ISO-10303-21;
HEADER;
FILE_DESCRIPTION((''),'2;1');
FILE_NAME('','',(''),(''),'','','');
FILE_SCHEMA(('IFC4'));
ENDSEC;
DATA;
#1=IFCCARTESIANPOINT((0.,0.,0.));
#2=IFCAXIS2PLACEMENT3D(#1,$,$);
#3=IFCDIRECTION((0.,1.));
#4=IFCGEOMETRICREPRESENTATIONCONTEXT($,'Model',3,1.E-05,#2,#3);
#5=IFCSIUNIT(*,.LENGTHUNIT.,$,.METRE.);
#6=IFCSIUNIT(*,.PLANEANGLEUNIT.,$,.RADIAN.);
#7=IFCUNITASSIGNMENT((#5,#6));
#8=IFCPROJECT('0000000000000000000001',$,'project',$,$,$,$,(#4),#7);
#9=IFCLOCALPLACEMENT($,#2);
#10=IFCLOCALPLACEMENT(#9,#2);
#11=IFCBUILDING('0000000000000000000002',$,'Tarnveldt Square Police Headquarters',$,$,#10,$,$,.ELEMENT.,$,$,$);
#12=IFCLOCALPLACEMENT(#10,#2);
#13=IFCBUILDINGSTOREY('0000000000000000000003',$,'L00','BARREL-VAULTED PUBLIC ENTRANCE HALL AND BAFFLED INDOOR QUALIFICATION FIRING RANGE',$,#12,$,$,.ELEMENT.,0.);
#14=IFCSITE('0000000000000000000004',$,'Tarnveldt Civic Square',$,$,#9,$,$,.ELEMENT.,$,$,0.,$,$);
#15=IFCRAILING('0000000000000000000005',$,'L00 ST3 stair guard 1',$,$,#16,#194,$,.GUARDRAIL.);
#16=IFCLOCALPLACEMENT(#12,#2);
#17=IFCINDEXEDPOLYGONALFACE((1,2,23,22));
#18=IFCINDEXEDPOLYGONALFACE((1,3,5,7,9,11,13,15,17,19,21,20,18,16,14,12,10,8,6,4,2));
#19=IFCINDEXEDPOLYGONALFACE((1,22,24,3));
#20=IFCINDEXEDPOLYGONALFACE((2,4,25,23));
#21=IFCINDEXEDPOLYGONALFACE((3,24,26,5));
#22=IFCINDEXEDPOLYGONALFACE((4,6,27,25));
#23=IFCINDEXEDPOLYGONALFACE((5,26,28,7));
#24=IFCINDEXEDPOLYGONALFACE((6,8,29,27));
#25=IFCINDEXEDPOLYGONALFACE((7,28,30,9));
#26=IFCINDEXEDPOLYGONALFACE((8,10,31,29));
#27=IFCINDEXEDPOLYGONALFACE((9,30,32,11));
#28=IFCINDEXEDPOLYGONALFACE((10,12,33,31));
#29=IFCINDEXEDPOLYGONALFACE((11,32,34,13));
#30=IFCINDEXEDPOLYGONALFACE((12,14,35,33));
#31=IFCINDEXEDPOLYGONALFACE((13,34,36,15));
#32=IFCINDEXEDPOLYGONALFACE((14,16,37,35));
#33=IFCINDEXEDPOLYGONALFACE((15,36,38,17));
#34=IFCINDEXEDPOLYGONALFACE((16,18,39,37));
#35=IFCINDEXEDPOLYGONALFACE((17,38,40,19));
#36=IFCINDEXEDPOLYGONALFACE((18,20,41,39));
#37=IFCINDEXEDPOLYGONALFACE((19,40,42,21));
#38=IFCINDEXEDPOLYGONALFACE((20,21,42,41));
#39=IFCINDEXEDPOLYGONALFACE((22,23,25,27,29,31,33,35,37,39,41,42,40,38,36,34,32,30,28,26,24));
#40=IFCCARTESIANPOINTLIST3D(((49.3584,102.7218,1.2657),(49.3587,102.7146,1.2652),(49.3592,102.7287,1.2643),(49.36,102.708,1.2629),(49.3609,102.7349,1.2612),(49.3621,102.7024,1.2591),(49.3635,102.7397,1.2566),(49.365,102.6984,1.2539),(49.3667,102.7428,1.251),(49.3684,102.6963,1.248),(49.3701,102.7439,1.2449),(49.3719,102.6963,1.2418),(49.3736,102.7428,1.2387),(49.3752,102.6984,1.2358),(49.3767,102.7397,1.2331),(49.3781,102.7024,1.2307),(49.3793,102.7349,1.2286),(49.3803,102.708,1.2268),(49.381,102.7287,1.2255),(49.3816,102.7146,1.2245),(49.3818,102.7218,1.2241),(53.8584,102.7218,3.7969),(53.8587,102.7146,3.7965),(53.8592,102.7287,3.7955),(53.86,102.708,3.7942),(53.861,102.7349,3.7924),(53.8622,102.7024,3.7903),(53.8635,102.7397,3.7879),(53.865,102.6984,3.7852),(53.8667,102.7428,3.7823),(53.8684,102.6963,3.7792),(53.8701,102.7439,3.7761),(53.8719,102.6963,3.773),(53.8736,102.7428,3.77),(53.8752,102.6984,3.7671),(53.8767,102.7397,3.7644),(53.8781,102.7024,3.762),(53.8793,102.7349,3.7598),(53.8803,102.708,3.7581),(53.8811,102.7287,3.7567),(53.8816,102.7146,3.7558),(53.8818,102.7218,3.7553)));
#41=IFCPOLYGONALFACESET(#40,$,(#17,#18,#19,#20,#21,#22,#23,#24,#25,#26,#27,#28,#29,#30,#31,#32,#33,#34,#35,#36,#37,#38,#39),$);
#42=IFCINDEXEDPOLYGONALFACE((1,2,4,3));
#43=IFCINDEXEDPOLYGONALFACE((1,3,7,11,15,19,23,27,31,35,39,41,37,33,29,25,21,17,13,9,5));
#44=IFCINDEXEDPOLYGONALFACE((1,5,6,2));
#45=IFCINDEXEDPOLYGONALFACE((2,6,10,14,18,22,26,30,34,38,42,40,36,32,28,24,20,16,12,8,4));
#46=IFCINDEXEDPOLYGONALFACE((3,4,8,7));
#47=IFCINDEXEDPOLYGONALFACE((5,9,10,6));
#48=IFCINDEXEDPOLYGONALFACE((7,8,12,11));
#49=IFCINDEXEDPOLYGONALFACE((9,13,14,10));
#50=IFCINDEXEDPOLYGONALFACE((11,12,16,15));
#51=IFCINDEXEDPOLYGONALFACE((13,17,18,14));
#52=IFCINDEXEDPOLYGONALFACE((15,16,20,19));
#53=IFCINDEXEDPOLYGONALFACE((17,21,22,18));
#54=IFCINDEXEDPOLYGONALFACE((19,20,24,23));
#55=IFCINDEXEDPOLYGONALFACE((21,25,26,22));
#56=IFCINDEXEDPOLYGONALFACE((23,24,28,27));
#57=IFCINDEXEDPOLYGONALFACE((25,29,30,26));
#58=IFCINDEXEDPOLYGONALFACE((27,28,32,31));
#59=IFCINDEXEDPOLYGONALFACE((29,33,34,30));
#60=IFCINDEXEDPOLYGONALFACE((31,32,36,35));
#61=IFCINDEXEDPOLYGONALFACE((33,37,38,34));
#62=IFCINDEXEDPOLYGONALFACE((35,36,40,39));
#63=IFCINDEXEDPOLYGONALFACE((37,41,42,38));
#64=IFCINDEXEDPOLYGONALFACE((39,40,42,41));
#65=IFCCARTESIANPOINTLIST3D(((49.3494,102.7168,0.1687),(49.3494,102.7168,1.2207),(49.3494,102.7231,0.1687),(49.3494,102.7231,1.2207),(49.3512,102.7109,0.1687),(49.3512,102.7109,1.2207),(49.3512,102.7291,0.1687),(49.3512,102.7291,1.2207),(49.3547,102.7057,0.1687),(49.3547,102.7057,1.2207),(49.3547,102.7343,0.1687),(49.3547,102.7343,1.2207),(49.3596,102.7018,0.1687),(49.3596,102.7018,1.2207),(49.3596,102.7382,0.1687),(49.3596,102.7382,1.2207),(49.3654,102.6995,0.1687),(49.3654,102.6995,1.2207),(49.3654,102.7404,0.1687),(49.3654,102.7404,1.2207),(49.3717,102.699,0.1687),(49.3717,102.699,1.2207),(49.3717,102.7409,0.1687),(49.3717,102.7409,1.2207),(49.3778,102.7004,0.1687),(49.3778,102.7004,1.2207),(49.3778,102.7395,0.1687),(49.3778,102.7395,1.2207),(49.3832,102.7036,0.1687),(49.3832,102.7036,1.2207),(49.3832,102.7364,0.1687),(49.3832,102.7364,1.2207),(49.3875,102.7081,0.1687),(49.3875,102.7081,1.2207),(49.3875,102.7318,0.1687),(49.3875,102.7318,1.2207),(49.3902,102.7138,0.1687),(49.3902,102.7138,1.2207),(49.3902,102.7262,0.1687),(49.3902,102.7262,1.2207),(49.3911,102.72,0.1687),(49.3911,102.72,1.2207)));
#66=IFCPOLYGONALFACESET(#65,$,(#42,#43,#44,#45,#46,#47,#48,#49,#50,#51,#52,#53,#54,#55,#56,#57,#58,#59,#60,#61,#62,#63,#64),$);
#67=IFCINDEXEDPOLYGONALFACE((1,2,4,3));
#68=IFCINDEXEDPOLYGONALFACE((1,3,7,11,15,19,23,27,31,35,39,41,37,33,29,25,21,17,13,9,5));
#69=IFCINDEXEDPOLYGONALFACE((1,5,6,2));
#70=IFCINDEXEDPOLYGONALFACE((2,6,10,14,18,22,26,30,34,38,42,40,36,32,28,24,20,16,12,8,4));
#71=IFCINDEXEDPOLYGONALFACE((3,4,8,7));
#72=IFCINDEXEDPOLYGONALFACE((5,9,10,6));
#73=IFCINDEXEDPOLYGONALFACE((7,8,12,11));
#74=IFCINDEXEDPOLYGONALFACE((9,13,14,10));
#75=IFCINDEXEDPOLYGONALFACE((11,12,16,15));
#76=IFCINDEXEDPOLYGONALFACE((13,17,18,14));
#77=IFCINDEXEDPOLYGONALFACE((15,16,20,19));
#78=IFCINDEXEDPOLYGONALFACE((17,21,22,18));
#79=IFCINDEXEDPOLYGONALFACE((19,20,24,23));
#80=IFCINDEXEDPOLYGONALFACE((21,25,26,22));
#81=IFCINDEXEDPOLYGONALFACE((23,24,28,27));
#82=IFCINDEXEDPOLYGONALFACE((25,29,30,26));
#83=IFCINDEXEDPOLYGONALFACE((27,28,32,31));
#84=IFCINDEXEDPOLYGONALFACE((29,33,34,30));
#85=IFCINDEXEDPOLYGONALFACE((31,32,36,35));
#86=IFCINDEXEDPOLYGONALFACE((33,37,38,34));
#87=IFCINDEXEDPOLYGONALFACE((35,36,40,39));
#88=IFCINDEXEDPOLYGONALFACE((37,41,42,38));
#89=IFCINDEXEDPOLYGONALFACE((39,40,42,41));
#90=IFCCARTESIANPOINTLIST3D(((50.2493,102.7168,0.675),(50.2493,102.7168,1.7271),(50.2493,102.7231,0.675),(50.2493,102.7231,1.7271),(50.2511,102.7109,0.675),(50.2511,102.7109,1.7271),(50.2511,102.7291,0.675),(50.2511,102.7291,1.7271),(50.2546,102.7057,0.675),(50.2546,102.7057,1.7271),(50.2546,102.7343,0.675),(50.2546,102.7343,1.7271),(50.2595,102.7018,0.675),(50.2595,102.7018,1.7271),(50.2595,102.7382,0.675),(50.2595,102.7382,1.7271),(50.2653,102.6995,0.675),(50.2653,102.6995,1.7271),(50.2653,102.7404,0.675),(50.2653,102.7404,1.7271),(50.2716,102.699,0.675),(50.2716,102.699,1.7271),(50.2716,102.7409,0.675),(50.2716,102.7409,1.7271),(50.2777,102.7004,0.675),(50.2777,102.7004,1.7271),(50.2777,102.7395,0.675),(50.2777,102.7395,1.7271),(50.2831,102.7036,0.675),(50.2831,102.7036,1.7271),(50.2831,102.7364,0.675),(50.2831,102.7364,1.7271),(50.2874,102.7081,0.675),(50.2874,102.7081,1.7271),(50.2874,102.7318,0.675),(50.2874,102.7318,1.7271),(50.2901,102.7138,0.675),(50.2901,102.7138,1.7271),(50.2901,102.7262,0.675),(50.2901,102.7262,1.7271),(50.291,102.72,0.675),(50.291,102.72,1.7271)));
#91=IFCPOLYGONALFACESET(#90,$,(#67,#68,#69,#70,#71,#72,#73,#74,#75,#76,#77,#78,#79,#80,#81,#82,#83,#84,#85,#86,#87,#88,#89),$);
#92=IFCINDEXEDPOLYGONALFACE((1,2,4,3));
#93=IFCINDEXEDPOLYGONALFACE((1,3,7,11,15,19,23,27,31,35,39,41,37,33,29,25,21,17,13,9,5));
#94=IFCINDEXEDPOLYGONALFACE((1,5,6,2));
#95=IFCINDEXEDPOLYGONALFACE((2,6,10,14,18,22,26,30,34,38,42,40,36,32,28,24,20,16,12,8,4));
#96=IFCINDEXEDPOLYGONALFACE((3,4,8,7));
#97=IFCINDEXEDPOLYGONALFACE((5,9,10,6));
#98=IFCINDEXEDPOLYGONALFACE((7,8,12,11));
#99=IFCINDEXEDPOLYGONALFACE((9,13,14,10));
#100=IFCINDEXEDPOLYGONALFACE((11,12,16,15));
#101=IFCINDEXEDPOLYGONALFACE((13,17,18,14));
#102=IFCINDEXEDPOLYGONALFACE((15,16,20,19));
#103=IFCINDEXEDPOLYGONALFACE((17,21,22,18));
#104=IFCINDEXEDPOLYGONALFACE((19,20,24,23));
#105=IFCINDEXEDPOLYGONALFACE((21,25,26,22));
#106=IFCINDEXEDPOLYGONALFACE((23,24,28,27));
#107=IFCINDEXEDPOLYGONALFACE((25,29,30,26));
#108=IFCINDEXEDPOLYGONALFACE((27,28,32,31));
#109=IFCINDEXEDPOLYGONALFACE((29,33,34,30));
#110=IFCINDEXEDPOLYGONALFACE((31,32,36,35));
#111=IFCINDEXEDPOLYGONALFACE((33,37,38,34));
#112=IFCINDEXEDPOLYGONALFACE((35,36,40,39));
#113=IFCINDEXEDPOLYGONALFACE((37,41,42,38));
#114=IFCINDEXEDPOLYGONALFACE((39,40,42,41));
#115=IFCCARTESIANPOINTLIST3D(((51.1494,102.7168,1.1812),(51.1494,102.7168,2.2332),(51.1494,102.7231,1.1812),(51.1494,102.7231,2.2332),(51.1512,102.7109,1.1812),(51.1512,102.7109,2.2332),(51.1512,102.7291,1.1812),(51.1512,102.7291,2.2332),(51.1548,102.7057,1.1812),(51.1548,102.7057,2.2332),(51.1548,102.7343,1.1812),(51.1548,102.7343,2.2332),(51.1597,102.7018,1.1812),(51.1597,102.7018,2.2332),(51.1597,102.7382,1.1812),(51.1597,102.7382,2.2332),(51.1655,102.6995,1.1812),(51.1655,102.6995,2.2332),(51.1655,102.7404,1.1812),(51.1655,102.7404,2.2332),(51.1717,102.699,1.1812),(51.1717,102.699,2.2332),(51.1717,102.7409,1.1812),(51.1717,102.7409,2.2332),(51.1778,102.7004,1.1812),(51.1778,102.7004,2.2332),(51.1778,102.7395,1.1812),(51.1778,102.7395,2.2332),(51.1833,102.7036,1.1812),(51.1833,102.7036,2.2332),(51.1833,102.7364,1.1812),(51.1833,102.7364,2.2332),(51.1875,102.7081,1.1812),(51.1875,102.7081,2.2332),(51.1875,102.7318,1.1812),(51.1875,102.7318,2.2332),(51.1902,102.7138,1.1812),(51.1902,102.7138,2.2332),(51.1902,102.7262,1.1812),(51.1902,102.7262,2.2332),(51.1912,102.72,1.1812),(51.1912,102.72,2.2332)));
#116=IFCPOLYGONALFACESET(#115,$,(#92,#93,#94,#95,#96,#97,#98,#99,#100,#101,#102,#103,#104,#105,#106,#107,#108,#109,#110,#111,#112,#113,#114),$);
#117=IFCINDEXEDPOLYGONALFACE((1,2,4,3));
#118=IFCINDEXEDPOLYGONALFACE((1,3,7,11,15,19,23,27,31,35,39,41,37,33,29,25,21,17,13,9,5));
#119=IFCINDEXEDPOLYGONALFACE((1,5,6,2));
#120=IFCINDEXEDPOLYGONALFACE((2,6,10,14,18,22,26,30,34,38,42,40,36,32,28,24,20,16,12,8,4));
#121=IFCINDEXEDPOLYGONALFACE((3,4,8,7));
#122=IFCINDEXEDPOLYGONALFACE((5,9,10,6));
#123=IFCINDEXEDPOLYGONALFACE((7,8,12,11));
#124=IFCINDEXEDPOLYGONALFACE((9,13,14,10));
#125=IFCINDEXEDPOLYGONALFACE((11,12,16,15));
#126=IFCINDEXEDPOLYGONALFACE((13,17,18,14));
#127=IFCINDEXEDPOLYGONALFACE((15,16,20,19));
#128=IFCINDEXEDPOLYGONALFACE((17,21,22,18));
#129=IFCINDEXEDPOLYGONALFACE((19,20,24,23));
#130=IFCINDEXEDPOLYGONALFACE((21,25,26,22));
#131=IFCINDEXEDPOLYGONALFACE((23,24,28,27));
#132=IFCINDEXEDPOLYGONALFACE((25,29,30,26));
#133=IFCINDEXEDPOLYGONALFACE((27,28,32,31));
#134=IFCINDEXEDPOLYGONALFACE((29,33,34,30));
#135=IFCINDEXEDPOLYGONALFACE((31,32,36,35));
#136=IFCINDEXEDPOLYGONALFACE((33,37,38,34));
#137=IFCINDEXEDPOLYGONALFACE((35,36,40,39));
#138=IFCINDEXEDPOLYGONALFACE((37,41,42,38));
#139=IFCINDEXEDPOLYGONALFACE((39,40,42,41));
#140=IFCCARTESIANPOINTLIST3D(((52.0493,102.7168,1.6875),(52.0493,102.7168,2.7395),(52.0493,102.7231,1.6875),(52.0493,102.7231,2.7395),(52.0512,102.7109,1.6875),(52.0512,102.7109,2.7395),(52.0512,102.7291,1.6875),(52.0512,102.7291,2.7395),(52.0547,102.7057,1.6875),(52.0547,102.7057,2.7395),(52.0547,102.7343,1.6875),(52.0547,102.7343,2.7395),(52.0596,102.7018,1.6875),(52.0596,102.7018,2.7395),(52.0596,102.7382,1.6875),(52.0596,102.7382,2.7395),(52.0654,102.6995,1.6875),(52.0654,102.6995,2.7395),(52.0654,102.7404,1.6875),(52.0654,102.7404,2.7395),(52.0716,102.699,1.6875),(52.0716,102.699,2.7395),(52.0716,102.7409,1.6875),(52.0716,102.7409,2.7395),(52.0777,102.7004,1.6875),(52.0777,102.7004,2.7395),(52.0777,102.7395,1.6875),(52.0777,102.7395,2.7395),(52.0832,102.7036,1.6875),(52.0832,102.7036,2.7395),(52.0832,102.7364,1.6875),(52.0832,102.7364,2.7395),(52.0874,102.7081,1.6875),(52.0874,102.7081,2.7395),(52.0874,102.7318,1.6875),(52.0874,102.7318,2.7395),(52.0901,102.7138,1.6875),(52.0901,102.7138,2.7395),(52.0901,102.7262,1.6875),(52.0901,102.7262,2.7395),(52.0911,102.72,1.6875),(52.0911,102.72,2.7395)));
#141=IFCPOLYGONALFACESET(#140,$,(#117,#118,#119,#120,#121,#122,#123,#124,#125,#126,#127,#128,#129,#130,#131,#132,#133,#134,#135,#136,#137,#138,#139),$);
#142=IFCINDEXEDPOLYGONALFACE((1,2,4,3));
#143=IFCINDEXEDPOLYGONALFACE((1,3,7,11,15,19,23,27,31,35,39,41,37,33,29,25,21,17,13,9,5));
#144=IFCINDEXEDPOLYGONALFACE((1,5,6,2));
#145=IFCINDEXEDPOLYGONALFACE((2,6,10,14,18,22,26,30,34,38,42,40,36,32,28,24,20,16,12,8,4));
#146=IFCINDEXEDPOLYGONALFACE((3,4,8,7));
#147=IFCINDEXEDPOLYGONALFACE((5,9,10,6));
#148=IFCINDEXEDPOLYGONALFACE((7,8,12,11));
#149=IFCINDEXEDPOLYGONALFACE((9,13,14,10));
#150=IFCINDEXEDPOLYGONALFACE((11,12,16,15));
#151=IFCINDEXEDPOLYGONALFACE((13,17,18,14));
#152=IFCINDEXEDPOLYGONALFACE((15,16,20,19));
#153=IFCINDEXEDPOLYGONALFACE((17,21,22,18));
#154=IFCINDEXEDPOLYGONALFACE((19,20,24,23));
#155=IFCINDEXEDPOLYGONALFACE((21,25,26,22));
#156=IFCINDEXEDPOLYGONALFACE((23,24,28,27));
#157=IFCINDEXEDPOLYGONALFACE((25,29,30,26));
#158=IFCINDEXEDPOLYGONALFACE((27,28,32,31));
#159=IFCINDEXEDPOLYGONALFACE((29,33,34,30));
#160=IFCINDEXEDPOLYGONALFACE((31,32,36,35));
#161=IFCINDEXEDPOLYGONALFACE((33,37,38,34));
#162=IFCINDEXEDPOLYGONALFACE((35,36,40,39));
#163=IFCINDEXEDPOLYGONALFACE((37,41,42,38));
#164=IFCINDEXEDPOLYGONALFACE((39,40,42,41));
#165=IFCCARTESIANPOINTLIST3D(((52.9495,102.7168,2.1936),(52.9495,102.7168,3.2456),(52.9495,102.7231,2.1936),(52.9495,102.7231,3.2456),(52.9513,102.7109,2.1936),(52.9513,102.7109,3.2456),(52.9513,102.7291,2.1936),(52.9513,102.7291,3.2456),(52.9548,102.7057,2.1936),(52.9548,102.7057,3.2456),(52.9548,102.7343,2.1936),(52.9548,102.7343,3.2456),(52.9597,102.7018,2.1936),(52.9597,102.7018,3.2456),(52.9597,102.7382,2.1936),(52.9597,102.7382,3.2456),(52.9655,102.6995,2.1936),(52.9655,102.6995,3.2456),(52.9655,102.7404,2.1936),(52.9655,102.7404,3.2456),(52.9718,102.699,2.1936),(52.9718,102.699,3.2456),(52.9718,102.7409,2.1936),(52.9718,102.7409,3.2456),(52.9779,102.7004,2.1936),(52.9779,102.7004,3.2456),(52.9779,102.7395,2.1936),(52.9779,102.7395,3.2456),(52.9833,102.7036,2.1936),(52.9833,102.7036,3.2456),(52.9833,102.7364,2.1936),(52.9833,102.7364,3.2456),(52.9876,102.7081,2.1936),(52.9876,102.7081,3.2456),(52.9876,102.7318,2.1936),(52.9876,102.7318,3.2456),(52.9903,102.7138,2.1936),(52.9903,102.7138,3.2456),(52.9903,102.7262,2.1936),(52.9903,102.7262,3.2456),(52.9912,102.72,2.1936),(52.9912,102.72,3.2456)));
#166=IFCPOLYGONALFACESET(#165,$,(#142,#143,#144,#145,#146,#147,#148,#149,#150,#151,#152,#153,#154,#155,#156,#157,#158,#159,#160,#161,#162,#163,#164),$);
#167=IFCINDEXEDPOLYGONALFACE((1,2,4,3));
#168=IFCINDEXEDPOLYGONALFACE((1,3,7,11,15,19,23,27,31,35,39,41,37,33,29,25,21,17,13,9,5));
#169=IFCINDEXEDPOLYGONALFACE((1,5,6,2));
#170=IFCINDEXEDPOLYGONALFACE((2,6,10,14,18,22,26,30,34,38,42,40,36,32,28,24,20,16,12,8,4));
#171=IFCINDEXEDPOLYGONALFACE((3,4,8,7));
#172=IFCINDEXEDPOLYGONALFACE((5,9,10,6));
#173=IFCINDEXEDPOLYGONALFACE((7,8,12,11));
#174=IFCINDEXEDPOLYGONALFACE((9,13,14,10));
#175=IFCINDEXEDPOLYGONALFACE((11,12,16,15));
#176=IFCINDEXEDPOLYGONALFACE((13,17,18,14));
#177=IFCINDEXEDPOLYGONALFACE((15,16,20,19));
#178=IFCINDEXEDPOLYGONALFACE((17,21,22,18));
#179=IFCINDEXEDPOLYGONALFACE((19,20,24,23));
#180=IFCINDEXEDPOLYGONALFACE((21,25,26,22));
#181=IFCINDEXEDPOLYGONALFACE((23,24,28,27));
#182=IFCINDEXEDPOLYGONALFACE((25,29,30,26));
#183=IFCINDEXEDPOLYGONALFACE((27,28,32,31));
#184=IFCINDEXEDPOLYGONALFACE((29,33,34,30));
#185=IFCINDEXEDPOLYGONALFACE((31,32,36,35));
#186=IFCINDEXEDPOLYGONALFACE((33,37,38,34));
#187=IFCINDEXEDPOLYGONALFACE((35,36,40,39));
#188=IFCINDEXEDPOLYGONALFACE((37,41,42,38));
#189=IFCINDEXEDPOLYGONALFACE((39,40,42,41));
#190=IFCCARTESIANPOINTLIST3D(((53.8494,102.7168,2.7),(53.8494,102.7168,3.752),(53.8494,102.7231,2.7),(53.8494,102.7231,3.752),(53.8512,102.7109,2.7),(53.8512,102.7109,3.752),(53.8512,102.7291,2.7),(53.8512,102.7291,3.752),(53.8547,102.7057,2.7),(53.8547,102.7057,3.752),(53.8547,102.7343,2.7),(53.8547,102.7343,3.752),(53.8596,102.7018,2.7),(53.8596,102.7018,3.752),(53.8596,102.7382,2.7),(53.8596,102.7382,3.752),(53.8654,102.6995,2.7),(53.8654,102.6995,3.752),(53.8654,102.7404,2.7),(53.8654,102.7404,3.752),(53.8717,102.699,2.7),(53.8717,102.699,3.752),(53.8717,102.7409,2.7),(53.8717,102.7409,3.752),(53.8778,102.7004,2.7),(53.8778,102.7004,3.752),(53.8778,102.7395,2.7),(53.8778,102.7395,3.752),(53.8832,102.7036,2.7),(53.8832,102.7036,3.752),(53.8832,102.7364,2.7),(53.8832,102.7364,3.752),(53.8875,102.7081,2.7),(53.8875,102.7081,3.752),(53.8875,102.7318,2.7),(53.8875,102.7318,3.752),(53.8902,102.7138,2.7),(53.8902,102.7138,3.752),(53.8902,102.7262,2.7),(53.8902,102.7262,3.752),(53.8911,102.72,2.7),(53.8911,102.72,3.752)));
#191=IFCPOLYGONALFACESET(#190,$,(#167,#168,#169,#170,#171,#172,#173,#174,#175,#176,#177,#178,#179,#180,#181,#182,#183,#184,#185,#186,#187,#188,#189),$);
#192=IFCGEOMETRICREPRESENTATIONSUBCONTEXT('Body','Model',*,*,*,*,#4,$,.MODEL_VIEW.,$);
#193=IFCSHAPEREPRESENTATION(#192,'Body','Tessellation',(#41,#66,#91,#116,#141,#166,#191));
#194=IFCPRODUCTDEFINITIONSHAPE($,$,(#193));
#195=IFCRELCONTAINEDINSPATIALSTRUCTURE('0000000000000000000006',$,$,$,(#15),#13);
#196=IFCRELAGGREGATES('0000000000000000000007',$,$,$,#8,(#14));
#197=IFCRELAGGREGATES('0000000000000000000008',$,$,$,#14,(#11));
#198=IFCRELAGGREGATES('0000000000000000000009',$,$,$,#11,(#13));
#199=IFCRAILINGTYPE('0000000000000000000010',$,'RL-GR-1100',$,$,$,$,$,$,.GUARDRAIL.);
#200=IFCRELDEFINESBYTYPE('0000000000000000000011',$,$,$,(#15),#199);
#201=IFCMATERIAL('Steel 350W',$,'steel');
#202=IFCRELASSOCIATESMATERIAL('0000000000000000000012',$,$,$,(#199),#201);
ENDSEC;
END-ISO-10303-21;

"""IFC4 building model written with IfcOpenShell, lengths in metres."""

from ifc_helpers import new_model, si_unit, direction, frame, origin, origin_2d, place, context, subcontext, project, spatial, circle, extrude, material, type_object, element, save


model = new_model("IFC4")

# Units and contexts
model_context = context("Model", 3, precision=1e-05, world=origin(), true_north=direction((0.0, 1.0)))
body_context = subcontext(model_context, "Body", "Model", "MODEL_VIEW")
ifc_project = project(units=[si_unit("LENGTHUNIT", "METRE"), si_unit("PLANEANGLEUNIT", "RADIAN")], contexts=[model_context])

# Site, building, storey
site_placement = place(None, origin())
site = spatial("IfcSite", under=ifc_project, at=site_placement, Name="Tarnveldt Civic Square", CompositionType="ELEMENT", RefElevation=0.0)
building_placement = place(site_placement, origin())
building = spatial("IfcBuilding", under=site, at=building_placement, Name="Tarnveldt Square Police Headquarters", CompositionType="ELEMENT")
storey_placement = place(building_placement, origin())
storey = spatial("IfcBuildingStorey", under=building, at=storey_placement, Name="L00", Description="BARREL-VAULTED PUBLIC ENTRANCE HALL AND BAFFLED INDOOR QUALIFICATION FIRING RANGE", CompositionType="ELEMENT", Elevation=0.0)

# Railing
ifc_material_1 = material(Name="Steel 350W", Category="steel")
railing_type_1 = type_object("IfcRailingType", Name="RL-GR-1100", PredefinedType="GUARDRAIL", material=ifc_material_1)
railing_1_placement = place(storey_placement, frame((49.3701, 102.72, 0.1687)))
element("IfcRailing", 1, at=railing_1_placement, inside=storey, type_object=railing_type_1, Name="L00 ST3 stair guard 1", PredefinedType="GUARDRAIL", context=body_context, shape_type="SweptSolid", body=[
    extrude(circle(Radius=0.0239, at=origin_2d()), frame((0.0, 0.0, 1.0762), z_axis=(0.871576, 0.0, 0.490261), x_axis=(0.0, 1.0, 0.0)), (0.0, 0.0, 1.0), 5.1631),
    extrude(circle(Radius=0.021, at=origin_2d()), origin(), (0.0, 0.0, 1.0), 1.052),
    extrude(circle(Radius=0.021, at=origin_2d()), frame((0.8999, 0.0, 0.5063)), (0.0, 0.0, 1.0), 1.052),
    extrude(circle(Radius=0.021, at=origin_2d()), frame((1.8, 0.0, 1.0125)), (0.0, 0.0, 1.0), 1.052),
    extrude(circle(Radius=0.021, at=origin_2d()), frame((2.7, 0.0, 1.5188)), (0.0, 0.0, 1.0), 1.052),
    extrude(circle(Radius=0.021, at=origin_2d()), frame((3.6001, 0.0, 2.0249)), (0.0, 0.0, 1.0), 1.052),
    extrude(circle(Radius=0.021, at=origin_2d()), frame((4.5, 0.0, 2.5312)), (0.0, 0.0, 1.0), 1.052),
])

save(model, "model.ifc")
